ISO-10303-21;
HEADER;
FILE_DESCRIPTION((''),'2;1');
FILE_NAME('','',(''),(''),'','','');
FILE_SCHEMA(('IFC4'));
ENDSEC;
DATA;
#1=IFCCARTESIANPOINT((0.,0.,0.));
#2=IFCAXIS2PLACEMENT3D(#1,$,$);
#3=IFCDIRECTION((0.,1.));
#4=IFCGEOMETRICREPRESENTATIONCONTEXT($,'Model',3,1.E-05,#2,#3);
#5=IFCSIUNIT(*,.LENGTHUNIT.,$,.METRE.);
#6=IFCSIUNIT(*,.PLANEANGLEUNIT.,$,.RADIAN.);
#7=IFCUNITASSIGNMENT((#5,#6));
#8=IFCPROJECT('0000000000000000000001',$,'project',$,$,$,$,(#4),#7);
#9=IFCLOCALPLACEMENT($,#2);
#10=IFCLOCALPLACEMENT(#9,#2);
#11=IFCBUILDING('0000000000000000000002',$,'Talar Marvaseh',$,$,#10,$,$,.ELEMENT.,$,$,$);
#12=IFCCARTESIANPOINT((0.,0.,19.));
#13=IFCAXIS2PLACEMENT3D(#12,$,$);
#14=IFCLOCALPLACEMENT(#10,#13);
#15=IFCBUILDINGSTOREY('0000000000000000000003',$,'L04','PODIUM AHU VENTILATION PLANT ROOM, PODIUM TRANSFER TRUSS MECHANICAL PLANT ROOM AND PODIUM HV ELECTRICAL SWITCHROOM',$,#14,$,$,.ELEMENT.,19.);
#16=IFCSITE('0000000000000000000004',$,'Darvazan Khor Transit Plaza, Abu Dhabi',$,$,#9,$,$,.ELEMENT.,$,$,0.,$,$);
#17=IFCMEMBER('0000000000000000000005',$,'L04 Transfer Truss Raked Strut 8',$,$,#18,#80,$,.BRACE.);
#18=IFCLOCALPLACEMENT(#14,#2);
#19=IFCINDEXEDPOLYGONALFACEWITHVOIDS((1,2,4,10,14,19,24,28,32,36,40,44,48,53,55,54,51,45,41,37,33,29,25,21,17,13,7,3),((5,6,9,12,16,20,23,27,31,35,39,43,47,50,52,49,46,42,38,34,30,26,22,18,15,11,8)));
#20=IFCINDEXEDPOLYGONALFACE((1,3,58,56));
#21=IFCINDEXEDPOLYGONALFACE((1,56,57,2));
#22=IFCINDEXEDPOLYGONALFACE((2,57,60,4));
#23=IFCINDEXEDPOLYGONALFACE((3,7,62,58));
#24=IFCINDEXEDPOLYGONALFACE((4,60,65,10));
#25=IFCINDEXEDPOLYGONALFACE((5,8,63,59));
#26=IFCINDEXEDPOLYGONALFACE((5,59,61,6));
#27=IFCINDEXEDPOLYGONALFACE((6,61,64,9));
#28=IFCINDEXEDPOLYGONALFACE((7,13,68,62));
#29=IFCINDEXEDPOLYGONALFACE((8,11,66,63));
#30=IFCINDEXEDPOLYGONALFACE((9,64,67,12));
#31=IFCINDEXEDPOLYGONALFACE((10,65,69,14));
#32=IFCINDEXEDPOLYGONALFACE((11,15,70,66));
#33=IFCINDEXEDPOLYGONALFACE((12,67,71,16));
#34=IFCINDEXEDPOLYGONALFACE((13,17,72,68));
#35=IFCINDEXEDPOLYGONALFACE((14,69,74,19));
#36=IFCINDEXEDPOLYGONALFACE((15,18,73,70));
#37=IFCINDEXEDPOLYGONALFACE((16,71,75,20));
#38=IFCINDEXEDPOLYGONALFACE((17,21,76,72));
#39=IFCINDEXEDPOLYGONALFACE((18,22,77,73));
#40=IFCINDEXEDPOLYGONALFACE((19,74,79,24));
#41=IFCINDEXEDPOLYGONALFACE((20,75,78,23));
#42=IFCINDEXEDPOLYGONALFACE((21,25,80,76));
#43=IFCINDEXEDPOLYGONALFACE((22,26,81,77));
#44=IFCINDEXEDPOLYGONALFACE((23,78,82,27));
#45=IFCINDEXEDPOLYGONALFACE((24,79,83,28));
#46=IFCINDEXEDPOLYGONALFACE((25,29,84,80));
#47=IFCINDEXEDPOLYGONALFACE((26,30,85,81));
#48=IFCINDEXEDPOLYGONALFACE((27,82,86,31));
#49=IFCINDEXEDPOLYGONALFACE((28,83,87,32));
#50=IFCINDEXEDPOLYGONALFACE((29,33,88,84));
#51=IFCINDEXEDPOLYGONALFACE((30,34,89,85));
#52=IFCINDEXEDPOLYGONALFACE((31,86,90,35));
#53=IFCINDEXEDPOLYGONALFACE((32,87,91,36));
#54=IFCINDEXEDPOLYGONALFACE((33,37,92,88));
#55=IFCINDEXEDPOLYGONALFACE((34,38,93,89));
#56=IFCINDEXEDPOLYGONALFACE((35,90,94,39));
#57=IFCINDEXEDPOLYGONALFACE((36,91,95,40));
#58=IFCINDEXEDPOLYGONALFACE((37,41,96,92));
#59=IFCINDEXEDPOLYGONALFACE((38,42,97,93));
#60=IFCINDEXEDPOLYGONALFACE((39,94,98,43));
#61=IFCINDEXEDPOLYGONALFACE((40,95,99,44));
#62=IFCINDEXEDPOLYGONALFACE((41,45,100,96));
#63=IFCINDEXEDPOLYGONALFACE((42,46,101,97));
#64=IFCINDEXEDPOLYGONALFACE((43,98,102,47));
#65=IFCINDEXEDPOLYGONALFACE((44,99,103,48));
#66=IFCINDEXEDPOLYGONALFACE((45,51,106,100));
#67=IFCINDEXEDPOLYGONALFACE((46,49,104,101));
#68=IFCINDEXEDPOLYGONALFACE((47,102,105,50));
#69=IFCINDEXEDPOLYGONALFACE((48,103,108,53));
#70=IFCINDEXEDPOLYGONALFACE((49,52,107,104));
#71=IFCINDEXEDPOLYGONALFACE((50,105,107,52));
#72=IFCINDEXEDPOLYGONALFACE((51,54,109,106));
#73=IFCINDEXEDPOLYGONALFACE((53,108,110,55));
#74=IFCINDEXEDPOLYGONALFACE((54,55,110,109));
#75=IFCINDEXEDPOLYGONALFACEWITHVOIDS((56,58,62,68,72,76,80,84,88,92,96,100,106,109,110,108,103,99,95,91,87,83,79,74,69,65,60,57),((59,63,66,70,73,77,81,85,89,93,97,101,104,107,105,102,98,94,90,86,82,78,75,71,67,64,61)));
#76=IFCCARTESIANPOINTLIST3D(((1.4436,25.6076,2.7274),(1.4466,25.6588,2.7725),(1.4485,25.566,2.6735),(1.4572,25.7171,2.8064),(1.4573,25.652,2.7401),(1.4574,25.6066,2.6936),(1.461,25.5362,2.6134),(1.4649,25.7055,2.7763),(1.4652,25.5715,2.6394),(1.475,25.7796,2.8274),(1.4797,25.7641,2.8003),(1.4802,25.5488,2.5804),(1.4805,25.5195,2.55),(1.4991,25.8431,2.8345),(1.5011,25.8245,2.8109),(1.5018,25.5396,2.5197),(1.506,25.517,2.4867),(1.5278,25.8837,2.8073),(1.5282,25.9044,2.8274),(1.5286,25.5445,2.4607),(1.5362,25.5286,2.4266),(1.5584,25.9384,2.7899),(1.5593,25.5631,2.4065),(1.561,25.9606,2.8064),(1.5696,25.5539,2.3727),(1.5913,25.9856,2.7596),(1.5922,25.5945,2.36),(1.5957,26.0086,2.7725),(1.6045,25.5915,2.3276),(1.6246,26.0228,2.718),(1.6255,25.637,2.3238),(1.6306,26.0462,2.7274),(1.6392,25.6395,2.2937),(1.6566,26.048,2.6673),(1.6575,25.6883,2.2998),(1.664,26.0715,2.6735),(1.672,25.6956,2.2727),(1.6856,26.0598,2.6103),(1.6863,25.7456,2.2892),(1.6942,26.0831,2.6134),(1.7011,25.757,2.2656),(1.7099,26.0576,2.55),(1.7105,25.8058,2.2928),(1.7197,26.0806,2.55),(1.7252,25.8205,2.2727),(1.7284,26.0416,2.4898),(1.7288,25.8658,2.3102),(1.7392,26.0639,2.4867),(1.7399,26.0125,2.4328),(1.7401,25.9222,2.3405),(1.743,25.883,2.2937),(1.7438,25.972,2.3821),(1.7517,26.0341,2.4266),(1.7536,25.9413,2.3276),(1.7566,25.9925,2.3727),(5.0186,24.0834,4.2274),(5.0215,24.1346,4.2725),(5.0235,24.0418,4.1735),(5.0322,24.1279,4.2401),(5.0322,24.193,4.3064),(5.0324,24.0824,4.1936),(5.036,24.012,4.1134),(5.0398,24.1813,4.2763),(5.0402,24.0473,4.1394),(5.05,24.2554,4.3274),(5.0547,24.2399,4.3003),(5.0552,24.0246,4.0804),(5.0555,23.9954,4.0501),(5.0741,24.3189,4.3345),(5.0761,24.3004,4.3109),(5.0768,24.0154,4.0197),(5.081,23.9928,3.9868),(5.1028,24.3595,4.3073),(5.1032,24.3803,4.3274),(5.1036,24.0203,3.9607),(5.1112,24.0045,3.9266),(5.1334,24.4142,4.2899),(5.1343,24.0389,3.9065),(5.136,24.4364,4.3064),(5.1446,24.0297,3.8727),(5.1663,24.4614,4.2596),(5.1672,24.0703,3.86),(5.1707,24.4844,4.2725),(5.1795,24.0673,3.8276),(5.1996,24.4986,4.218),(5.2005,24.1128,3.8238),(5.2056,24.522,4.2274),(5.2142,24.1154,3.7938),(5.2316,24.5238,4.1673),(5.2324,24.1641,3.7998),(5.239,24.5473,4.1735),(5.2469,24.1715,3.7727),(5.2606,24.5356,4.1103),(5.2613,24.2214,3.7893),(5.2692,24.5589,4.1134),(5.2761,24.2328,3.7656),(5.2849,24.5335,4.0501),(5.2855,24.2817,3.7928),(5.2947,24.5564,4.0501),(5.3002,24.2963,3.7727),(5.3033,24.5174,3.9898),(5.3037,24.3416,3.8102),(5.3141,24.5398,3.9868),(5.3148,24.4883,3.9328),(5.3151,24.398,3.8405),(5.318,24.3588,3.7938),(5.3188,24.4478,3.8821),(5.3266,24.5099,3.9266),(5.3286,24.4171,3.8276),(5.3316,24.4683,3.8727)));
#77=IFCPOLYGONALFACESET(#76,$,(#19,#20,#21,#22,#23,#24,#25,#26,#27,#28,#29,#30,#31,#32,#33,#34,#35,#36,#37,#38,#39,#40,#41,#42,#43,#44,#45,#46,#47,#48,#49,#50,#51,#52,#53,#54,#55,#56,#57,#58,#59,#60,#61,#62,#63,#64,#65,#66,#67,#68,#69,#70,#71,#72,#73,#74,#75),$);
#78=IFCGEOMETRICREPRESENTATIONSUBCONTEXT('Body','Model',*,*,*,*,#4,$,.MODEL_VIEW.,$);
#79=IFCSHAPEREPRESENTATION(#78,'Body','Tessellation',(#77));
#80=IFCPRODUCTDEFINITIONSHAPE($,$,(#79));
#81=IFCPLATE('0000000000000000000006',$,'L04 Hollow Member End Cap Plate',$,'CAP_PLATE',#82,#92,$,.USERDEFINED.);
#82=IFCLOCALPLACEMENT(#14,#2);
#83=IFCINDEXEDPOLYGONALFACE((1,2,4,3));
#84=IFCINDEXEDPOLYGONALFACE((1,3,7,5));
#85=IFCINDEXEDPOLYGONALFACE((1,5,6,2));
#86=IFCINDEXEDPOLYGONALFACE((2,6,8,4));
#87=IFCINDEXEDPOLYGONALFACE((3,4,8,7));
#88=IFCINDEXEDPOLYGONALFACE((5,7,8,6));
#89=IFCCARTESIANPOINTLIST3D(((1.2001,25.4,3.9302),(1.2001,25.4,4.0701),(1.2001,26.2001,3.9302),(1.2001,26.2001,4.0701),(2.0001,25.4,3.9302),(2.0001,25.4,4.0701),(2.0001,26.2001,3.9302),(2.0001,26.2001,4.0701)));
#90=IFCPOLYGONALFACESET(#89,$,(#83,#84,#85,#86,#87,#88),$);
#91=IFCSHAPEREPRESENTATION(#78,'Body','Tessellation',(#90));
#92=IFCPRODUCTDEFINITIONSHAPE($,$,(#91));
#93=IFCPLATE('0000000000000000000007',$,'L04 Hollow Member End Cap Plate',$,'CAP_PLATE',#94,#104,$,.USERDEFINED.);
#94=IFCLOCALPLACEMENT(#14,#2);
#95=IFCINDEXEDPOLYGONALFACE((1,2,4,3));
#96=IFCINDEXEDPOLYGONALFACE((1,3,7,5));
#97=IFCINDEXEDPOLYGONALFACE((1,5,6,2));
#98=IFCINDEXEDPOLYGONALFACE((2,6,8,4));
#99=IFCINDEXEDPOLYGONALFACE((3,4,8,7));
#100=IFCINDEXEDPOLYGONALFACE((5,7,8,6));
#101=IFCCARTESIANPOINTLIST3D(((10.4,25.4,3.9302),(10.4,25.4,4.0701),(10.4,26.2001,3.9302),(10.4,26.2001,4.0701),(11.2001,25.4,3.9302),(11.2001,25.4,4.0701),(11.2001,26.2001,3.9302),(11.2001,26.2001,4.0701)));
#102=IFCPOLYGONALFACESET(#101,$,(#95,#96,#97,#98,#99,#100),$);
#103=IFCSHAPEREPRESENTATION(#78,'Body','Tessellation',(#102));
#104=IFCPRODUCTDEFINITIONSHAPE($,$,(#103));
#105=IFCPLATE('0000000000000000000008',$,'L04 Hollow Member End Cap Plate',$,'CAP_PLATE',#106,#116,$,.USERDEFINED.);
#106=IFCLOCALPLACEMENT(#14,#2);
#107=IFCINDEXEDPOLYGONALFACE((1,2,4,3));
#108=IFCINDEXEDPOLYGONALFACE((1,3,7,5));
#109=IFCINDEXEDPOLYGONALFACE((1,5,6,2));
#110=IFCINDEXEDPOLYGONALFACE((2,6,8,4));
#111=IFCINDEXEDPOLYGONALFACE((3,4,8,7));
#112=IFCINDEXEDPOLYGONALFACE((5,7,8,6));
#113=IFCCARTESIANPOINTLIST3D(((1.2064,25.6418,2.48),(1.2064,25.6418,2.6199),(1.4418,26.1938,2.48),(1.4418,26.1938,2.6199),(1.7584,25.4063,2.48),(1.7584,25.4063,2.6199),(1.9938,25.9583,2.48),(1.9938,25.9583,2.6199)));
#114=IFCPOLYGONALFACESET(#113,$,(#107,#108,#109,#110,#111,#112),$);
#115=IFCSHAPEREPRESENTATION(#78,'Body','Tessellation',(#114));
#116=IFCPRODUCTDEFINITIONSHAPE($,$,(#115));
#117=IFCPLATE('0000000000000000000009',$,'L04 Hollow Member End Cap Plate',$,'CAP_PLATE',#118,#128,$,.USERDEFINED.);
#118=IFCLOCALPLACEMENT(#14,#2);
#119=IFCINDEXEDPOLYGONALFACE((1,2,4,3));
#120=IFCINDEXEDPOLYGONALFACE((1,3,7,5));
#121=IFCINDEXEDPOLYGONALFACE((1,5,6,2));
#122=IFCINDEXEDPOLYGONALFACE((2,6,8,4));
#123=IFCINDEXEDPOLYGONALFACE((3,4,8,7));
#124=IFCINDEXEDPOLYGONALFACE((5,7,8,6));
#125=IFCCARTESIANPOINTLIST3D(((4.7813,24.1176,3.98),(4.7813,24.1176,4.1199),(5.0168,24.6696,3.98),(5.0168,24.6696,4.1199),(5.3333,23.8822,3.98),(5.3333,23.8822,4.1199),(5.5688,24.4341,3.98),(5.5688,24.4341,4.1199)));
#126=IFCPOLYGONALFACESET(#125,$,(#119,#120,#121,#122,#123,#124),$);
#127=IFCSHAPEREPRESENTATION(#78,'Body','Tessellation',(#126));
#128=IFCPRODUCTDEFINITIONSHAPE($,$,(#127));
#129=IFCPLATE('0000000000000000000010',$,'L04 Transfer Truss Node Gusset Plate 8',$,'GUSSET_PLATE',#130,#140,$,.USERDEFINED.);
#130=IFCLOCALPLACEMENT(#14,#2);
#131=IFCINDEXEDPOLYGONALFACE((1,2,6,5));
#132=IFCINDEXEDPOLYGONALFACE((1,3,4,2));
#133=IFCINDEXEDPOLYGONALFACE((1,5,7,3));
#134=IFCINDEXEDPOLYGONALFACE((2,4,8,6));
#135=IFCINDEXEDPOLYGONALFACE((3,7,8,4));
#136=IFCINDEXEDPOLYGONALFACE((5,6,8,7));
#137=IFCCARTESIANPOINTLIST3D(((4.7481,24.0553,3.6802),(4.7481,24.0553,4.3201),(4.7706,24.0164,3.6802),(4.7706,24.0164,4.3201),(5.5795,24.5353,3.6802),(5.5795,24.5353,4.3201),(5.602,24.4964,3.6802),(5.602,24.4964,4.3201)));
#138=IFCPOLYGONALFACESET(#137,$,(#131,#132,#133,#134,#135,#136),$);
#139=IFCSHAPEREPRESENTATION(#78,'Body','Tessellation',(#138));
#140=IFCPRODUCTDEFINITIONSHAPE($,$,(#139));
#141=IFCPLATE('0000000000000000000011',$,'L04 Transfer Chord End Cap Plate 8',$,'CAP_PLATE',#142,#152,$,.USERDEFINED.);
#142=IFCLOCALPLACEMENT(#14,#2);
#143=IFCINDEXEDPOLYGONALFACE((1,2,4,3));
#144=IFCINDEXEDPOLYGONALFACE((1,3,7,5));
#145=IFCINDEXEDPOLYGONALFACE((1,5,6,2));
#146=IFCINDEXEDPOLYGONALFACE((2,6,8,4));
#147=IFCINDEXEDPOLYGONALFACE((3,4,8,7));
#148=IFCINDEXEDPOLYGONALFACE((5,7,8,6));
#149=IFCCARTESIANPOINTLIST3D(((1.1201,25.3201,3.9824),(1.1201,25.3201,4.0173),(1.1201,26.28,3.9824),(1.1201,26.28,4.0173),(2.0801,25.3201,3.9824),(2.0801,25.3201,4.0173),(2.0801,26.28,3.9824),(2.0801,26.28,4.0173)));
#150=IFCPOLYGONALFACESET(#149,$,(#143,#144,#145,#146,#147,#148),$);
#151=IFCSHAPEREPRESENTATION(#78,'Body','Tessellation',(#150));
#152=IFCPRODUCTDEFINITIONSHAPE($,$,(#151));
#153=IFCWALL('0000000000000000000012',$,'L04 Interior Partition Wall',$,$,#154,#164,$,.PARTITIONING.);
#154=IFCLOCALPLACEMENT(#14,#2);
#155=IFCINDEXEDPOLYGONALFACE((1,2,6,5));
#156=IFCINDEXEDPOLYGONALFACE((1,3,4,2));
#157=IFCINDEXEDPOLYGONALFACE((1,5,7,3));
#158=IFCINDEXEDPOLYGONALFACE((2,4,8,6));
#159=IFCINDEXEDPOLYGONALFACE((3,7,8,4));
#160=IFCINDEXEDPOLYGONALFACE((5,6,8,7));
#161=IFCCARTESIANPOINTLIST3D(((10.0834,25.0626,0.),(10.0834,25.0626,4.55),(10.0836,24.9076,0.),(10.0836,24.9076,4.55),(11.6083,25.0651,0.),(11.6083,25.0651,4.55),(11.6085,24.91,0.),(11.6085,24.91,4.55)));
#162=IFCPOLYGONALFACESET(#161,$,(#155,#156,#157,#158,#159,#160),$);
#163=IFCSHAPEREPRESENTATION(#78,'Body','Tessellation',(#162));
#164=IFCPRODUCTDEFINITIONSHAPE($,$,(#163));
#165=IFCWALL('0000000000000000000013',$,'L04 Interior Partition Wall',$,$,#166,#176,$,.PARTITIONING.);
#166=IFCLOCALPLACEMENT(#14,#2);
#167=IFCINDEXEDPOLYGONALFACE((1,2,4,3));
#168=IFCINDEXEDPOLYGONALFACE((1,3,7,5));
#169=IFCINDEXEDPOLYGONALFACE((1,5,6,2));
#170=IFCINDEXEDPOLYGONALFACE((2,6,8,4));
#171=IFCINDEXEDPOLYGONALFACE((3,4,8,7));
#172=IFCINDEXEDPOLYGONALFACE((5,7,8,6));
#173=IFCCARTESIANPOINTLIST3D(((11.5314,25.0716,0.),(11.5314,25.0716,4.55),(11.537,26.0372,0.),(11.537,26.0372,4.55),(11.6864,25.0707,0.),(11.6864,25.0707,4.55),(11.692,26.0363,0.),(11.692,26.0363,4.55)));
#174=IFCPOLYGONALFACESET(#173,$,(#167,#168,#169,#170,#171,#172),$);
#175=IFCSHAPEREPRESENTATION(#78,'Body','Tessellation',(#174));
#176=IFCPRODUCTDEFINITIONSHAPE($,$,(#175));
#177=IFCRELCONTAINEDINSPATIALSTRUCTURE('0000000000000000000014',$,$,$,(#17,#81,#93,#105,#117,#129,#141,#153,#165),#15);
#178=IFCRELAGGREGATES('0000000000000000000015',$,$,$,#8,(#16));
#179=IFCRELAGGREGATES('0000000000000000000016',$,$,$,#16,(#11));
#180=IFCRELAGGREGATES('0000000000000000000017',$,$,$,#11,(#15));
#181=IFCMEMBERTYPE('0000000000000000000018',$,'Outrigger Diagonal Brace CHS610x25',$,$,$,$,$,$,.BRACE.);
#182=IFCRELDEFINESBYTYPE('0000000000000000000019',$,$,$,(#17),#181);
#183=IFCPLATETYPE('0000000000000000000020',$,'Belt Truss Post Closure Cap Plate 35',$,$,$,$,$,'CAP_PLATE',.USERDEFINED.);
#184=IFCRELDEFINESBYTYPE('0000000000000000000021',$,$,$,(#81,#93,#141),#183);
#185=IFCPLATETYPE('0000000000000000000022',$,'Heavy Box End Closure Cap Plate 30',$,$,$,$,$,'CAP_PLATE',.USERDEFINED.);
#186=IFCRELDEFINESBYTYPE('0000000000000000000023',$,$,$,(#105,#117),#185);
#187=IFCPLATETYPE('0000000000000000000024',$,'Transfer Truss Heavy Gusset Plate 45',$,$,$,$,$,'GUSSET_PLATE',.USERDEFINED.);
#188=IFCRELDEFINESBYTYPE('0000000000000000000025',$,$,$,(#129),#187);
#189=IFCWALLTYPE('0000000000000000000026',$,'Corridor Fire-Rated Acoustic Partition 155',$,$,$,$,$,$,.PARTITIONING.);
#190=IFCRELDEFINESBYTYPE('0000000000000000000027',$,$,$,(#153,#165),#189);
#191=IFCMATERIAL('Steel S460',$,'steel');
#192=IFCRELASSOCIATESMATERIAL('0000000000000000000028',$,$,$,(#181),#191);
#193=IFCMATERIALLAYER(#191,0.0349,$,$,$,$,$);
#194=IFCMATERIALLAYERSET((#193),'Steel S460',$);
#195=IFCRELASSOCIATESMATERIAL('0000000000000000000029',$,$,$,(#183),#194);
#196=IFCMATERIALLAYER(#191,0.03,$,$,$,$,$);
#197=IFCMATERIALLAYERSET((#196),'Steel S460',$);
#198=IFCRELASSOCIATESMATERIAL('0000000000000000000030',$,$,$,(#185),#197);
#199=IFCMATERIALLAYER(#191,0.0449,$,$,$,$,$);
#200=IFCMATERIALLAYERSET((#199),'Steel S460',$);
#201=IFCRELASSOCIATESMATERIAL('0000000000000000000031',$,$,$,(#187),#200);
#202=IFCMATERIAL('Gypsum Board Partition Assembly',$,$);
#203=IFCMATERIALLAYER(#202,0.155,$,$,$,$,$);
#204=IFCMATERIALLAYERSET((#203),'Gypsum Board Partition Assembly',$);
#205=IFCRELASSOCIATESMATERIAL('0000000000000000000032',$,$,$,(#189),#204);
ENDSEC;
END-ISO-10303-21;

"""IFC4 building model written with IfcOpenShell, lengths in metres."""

from ifc_helpers import new_model, si_unit, direction, frame, frame_2d, origin, origin_2d, place, context, subcontext, project, spatial, rectangle, hollow_circle, extrude, source, transform, mapped, material, layer, layer_set, material_profile, profile_set, type_object, type_shapes, element, save


model = new_model("IFC4")

# Units and contexts
model_context = context("Model", 3, precision=1e-05, world=origin(), true_north=direction((0.0, 1.0)))
body_context = subcontext(model_context, "Body", "Model", "MODEL_VIEW")
ifc_project = project(units=[si_unit("LENGTHUNIT", "METRE"), si_unit("PLANEANGLEUNIT", "RADIAN")], contexts=[model_context])

# Site, building, storey
site_placement = place(None, origin())
site = spatial("IfcSite", under=ifc_project, at=site_placement, Name="Darvazan Khor Transit Plaza, Abu Dhabi", CompositionType="ELEMENT", RefElevation=0.0)
building_placement = place(site_placement, origin())
building = spatial("IfcBuilding", under=site, at=building_placement, Name="Talar Marvaseh", CompositionType="ELEMENT")
storey_placement = place(building_placement, frame((0.0, 0.0, 19.0)))
storey = spatial("IfcBuildingStorey", under=building, at=storey_placement, Name="L04", Description="PODIUM AHU VENTILATION PLANT ROOM, PODIUM TRANSFER TRUSS MECHANICAL PLANT ROOM AND PODIUM HV ELECTRICAL SWITCHROOM", CompositionType="ELEMENT", Elevation=19.0)

# Shared definitions
ifc_material_1 = material(Name="Steel S460", Category="steel")

# Member
ifc_material_profile_1 = material_profile(ifc_material_1, hollow_circle(Radius=0.3049, WallThickness=0.0249, at=origin_2d()), Name="CHS610x25")
ifc_profile_set_1 = profile_set([ifc_material_profile_1], Name="Steel S460")
member_type_1 = type_object("IfcMemberType", Name="Outrigger Diagonal Brace CHS610x25", PredefinedType="BRACE", material=ifc_profile_set_1)
shared_shape_1 = source(origin(), body_context, "Body", "SweptSolid", [
    extrude(hollow_circle(Radius=0.3049, WallThickness=0.0249, at=origin_2d()), origin(), (0.0, 0.0, 1.0), 4.1658),
])
type_shapes(member_type_1, [shared_shape_1])
member_1_placement = place(storey_placement, frame((1.6001, 25.8, 2.55), z_axis=(0.85818, -0.365882, 0.36008), x_axis=(0.39219, 0.919884, 0.0)))
element("IfcMember", 1, at=member_1_placement, inside=storey, type_object=member_type_1, Name="L04 Transfer Truss Raked Strut 8", PredefinedType="BRACE", context=body_context, shape_type="MappedRepresentation", body=[
    mapped(shared_shape_1, transform((0.0, 0.0, 0.0), x_axis=(1.0, 0.0, 0.0), y_axis=(0.0, 1.0, 0.0), z_axis=(0.0, 0.0, 1.0), scale=1.0)),
])

# Plates
ifc_layer_1 = layer(ifc_material_1, 0.0349)
ifc_layer_set_1 = layer_set([ifc_layer_1], Name="Steel S460")
plate_type_1 = type_object("IfcPlateType", Name="Belt Truss Post Closure Cap Plate 35", ElementType="CAP_PLATE", PredefinedType="USERDEFINED", material=ifc_layer_set_1)
shared_shape_2 = source(origin(), body_context, "Body", "SweptSolid", [
    extrude(rectangle(XDim=0.8, YDim=0.8, at=origin_2d()), origin(), (0.0, 0.0, 1.0), 0.1399),
])
for number, where, z_axis, x_axis, name in (
    (2, (1.6001, 25.8, 3.9302), (0.0, 0.0, 1.0), (1.0, 0.0, 0.0), "L04 Hollow Member End Cap Plate"),
    (3, (10.8, 25.8, 3.9302), (0.0, 0.0, 1.0), (1.0, 0.0, 0.0), "L04 Hollow Member End Cap Plate"),
):
    element("IfcPlate", number, at=place(storey_placement, frame(where, z_axis=z_axis, x_axis=x_axis)), inside=storey, type_object=plate_type_1, Name=name, ObjectType="CAP_PLATE", PredefinedType="USERDEFINED", context=body_context, shape_type="MappedRepresentation", body=[
        mapped(shared_shape_2, transform((0.0, 0.0, 0.0), x_axis=(1.0, 0.0, 0.0), y_axis=(0.0, 1.0, 0.0), z_axis=(0.0, 0.0, 1.0), scale=1.0)),
    ])
ifc_layer_2 = layer(ifc_material_1, 0.03)
ifc_layer_set_2 = layer_set([ifc_layer_2], Name="Steel S460")
plate_type_2 = type_object("IfcPlateType", Name="Heavy Box End Closure Cap Plate 30", ElementType="CAP_PLATE", PredefinedType="USERDEFINED", material=ifc_layer_set_2)
shared_shape_3 = source(origin(), body_context, "Body", "SweptSolid", [
    extrude(rectangle(XDim=0.6001, YDim=0.6001, at=origin_2d()), origin(), (0.0, 0.0, 1.0), 0.1399),
])
type_shapes(plate_type_2, [shared_shape_3])
for number, where, z_axis, x_axis, name in (
    (4, (1.6001, 25.8, 2.48), (0.0, 0.0, 1.0), (0.919821, -0.392337, 0.0), "L04 Hollow Member End Cap Plate"),
    (5, (5.175, 24.2759, 3.98), (0.0, 0.0, 1.0), (0.919821, -0.392337, 0.0), "L04 Hollow Member End Cap Plate"),
):
    element("IfcPlate", number, at=place(storey_placement, frame(where, z_axis=z_axis, x_axis=x_axis)), inside=storey, type_object=plate_type_2, Name=name, ObjectType="CAP_PLATE", PredefinedType="USERDEFINED", context=body_context, shape_type="MappedRepresentation", body=[
        mapped(shared_shape_3, transform((0.0, 0.0, 0.0), x_axis=(1.0, 0.0, 0.0), y_axis=(0.0, 1.0, 0.0), z_axis=(0.0, 0.0, 1.0), scale=1.0)),
    ])
ifc_layer_3 = layer(ifc_material_1, 0.0449)
ifc_layer_set_3 = layer_set([ifc_layer_3], Name="Steel S460")
plate_type_3 = type_object("IfcPlateType", Name="Transfer Truss Heavy Gusset Plate 45", ElementType="GUSSET_PLATE", PredefinedType="USERDEFINED", material=ifc_layer_set_3)
shared_shape_4 = source(origin(), body_context, "Body", "SweptSolid", [
    extrude(rectangle(XDim=0.96, YDim=0.0449, at=origin_2d()), origin(), (0.0, 0.0, 1.0), 0.6399),
])
type_shapes(plate_type_3, [shared_shape_4])
plate_1_placement = place(storey_placement, frame((5.175, 24.2759, 3.6802), z_axis=(0.0, 0.0, 1.0), x_axis=(-0.866025, -0.5, 0.0)))
element("IfcPlate", 6, at=plate_1_placement, inside=storey, type_object=plate_type_3, Name="L04 Transfer Truss Node Gusset Plate 8", ObjectType="GUSSET_PLATE", PredefinedType="USERDEFINED", context=body_context, shape_type="MappedRepresentation", body=[
    mapped(shared_shape_4, transform((0.0, 0.0, 0.0), x_axis=(1.0, 0.0, 0.0), y_axis=(0.0, 1.0, 0.0), z_axis=(0.0, 0.0, 1.0), scale=1.0)),
])
shared_shape_5 = source(origin(), body_context, "Body", "SweptSolid", [
    extrude(rectangle(XDim=0.96, YDim=0.96, at=origin_2d()), origin(), (0.0, 0.0, 1.0), 0.0349),
])
type_shapes(plate_type_1, [shared_shape_2, shared_shape_5])
plate_2_placement = place(storey_placement, frame((1.6001, 25.8, 3.9824), z_axis=(0.0, 0.0, 1.0), x_axis=(1.0, 0.0, 0.0)))
element("IfcPlate", 7, at=plate_2_placement, inside=storey, type_object=plate_type_1, Name="L04 Transfer Chord End Cap Plate 8", ObjectType="CAP_PLATE", PredefinedType="USERDEFINED", context=body_context, shape_type="MappedRepresentation", body=[
    mapped(shared_shape_5, transform((0.0, 0.0, 0.0), x_axis=(1.0, 0.0, 0.0), y_axis=(0.0, 1.0, 0.0), z_axis=(0.0, 0.0, 1.0), scale=1.0)),
])

# Shared definitions
ifc_material_2 = material(Name="Gypsum Board Partition Assembly")
ifc_layer_4 = layer(ifc_material_2, 0.155)
ifc_layer_set_4 = layer_set([ifc_layer_4], Name="Gypsum Board Partition Assembly")
wall_type_1 = type_object("IfcWallType", Name="Corridor Fire-Rated Acoustic Partition 155", PredefinedType="PARTITIONING", material=ifc_layer_set_4)

# Walls
wall_1_placement = place(storey_placement, frame((10.0835, 24.9851, 0.0), z_axis=(0.0, 0.0, 1.0), x_axis=(0.999999, 0.001601, 0.0)))
element("IfcWall", 8, at=wall_1_placement, inside=storey, type_object=wall_type_1, Name="L04 Interior Partition Wall", PredefinedType="PARTITIONING", context=body_context, shape_type="SweptSolid", body=[
    extrude(rectangle(XDim=1.5249, YDim=0.155, at=frame_2d((0.7625, 0.0))), origin(), (0.0, 0.0, 1.0), 4.55),
])
wall_2_placement = place(storey_placement, frame((11.6089, 25.071, 0.0), z_axis=(0.0, 0.0, 1.0), x_axis=(0.005815, 0.999983, 0.0)))
element("IfcWall", 9, at=wall_2_placement, inside=storey, type_object=wall_type_1, Name="L04 Interior Partition Wall", PredefinedType="PARTITIONING", context=body_context, shape_type="SweptSolid", body=[
    extrude(rectangle(XDim=0.9656, YDim=0.155, at=frame_2d((0.4829, 0.0))), origin(), (0.0, 0.0, 1.0), 4.55),
])

save(model, "model.ifc")
